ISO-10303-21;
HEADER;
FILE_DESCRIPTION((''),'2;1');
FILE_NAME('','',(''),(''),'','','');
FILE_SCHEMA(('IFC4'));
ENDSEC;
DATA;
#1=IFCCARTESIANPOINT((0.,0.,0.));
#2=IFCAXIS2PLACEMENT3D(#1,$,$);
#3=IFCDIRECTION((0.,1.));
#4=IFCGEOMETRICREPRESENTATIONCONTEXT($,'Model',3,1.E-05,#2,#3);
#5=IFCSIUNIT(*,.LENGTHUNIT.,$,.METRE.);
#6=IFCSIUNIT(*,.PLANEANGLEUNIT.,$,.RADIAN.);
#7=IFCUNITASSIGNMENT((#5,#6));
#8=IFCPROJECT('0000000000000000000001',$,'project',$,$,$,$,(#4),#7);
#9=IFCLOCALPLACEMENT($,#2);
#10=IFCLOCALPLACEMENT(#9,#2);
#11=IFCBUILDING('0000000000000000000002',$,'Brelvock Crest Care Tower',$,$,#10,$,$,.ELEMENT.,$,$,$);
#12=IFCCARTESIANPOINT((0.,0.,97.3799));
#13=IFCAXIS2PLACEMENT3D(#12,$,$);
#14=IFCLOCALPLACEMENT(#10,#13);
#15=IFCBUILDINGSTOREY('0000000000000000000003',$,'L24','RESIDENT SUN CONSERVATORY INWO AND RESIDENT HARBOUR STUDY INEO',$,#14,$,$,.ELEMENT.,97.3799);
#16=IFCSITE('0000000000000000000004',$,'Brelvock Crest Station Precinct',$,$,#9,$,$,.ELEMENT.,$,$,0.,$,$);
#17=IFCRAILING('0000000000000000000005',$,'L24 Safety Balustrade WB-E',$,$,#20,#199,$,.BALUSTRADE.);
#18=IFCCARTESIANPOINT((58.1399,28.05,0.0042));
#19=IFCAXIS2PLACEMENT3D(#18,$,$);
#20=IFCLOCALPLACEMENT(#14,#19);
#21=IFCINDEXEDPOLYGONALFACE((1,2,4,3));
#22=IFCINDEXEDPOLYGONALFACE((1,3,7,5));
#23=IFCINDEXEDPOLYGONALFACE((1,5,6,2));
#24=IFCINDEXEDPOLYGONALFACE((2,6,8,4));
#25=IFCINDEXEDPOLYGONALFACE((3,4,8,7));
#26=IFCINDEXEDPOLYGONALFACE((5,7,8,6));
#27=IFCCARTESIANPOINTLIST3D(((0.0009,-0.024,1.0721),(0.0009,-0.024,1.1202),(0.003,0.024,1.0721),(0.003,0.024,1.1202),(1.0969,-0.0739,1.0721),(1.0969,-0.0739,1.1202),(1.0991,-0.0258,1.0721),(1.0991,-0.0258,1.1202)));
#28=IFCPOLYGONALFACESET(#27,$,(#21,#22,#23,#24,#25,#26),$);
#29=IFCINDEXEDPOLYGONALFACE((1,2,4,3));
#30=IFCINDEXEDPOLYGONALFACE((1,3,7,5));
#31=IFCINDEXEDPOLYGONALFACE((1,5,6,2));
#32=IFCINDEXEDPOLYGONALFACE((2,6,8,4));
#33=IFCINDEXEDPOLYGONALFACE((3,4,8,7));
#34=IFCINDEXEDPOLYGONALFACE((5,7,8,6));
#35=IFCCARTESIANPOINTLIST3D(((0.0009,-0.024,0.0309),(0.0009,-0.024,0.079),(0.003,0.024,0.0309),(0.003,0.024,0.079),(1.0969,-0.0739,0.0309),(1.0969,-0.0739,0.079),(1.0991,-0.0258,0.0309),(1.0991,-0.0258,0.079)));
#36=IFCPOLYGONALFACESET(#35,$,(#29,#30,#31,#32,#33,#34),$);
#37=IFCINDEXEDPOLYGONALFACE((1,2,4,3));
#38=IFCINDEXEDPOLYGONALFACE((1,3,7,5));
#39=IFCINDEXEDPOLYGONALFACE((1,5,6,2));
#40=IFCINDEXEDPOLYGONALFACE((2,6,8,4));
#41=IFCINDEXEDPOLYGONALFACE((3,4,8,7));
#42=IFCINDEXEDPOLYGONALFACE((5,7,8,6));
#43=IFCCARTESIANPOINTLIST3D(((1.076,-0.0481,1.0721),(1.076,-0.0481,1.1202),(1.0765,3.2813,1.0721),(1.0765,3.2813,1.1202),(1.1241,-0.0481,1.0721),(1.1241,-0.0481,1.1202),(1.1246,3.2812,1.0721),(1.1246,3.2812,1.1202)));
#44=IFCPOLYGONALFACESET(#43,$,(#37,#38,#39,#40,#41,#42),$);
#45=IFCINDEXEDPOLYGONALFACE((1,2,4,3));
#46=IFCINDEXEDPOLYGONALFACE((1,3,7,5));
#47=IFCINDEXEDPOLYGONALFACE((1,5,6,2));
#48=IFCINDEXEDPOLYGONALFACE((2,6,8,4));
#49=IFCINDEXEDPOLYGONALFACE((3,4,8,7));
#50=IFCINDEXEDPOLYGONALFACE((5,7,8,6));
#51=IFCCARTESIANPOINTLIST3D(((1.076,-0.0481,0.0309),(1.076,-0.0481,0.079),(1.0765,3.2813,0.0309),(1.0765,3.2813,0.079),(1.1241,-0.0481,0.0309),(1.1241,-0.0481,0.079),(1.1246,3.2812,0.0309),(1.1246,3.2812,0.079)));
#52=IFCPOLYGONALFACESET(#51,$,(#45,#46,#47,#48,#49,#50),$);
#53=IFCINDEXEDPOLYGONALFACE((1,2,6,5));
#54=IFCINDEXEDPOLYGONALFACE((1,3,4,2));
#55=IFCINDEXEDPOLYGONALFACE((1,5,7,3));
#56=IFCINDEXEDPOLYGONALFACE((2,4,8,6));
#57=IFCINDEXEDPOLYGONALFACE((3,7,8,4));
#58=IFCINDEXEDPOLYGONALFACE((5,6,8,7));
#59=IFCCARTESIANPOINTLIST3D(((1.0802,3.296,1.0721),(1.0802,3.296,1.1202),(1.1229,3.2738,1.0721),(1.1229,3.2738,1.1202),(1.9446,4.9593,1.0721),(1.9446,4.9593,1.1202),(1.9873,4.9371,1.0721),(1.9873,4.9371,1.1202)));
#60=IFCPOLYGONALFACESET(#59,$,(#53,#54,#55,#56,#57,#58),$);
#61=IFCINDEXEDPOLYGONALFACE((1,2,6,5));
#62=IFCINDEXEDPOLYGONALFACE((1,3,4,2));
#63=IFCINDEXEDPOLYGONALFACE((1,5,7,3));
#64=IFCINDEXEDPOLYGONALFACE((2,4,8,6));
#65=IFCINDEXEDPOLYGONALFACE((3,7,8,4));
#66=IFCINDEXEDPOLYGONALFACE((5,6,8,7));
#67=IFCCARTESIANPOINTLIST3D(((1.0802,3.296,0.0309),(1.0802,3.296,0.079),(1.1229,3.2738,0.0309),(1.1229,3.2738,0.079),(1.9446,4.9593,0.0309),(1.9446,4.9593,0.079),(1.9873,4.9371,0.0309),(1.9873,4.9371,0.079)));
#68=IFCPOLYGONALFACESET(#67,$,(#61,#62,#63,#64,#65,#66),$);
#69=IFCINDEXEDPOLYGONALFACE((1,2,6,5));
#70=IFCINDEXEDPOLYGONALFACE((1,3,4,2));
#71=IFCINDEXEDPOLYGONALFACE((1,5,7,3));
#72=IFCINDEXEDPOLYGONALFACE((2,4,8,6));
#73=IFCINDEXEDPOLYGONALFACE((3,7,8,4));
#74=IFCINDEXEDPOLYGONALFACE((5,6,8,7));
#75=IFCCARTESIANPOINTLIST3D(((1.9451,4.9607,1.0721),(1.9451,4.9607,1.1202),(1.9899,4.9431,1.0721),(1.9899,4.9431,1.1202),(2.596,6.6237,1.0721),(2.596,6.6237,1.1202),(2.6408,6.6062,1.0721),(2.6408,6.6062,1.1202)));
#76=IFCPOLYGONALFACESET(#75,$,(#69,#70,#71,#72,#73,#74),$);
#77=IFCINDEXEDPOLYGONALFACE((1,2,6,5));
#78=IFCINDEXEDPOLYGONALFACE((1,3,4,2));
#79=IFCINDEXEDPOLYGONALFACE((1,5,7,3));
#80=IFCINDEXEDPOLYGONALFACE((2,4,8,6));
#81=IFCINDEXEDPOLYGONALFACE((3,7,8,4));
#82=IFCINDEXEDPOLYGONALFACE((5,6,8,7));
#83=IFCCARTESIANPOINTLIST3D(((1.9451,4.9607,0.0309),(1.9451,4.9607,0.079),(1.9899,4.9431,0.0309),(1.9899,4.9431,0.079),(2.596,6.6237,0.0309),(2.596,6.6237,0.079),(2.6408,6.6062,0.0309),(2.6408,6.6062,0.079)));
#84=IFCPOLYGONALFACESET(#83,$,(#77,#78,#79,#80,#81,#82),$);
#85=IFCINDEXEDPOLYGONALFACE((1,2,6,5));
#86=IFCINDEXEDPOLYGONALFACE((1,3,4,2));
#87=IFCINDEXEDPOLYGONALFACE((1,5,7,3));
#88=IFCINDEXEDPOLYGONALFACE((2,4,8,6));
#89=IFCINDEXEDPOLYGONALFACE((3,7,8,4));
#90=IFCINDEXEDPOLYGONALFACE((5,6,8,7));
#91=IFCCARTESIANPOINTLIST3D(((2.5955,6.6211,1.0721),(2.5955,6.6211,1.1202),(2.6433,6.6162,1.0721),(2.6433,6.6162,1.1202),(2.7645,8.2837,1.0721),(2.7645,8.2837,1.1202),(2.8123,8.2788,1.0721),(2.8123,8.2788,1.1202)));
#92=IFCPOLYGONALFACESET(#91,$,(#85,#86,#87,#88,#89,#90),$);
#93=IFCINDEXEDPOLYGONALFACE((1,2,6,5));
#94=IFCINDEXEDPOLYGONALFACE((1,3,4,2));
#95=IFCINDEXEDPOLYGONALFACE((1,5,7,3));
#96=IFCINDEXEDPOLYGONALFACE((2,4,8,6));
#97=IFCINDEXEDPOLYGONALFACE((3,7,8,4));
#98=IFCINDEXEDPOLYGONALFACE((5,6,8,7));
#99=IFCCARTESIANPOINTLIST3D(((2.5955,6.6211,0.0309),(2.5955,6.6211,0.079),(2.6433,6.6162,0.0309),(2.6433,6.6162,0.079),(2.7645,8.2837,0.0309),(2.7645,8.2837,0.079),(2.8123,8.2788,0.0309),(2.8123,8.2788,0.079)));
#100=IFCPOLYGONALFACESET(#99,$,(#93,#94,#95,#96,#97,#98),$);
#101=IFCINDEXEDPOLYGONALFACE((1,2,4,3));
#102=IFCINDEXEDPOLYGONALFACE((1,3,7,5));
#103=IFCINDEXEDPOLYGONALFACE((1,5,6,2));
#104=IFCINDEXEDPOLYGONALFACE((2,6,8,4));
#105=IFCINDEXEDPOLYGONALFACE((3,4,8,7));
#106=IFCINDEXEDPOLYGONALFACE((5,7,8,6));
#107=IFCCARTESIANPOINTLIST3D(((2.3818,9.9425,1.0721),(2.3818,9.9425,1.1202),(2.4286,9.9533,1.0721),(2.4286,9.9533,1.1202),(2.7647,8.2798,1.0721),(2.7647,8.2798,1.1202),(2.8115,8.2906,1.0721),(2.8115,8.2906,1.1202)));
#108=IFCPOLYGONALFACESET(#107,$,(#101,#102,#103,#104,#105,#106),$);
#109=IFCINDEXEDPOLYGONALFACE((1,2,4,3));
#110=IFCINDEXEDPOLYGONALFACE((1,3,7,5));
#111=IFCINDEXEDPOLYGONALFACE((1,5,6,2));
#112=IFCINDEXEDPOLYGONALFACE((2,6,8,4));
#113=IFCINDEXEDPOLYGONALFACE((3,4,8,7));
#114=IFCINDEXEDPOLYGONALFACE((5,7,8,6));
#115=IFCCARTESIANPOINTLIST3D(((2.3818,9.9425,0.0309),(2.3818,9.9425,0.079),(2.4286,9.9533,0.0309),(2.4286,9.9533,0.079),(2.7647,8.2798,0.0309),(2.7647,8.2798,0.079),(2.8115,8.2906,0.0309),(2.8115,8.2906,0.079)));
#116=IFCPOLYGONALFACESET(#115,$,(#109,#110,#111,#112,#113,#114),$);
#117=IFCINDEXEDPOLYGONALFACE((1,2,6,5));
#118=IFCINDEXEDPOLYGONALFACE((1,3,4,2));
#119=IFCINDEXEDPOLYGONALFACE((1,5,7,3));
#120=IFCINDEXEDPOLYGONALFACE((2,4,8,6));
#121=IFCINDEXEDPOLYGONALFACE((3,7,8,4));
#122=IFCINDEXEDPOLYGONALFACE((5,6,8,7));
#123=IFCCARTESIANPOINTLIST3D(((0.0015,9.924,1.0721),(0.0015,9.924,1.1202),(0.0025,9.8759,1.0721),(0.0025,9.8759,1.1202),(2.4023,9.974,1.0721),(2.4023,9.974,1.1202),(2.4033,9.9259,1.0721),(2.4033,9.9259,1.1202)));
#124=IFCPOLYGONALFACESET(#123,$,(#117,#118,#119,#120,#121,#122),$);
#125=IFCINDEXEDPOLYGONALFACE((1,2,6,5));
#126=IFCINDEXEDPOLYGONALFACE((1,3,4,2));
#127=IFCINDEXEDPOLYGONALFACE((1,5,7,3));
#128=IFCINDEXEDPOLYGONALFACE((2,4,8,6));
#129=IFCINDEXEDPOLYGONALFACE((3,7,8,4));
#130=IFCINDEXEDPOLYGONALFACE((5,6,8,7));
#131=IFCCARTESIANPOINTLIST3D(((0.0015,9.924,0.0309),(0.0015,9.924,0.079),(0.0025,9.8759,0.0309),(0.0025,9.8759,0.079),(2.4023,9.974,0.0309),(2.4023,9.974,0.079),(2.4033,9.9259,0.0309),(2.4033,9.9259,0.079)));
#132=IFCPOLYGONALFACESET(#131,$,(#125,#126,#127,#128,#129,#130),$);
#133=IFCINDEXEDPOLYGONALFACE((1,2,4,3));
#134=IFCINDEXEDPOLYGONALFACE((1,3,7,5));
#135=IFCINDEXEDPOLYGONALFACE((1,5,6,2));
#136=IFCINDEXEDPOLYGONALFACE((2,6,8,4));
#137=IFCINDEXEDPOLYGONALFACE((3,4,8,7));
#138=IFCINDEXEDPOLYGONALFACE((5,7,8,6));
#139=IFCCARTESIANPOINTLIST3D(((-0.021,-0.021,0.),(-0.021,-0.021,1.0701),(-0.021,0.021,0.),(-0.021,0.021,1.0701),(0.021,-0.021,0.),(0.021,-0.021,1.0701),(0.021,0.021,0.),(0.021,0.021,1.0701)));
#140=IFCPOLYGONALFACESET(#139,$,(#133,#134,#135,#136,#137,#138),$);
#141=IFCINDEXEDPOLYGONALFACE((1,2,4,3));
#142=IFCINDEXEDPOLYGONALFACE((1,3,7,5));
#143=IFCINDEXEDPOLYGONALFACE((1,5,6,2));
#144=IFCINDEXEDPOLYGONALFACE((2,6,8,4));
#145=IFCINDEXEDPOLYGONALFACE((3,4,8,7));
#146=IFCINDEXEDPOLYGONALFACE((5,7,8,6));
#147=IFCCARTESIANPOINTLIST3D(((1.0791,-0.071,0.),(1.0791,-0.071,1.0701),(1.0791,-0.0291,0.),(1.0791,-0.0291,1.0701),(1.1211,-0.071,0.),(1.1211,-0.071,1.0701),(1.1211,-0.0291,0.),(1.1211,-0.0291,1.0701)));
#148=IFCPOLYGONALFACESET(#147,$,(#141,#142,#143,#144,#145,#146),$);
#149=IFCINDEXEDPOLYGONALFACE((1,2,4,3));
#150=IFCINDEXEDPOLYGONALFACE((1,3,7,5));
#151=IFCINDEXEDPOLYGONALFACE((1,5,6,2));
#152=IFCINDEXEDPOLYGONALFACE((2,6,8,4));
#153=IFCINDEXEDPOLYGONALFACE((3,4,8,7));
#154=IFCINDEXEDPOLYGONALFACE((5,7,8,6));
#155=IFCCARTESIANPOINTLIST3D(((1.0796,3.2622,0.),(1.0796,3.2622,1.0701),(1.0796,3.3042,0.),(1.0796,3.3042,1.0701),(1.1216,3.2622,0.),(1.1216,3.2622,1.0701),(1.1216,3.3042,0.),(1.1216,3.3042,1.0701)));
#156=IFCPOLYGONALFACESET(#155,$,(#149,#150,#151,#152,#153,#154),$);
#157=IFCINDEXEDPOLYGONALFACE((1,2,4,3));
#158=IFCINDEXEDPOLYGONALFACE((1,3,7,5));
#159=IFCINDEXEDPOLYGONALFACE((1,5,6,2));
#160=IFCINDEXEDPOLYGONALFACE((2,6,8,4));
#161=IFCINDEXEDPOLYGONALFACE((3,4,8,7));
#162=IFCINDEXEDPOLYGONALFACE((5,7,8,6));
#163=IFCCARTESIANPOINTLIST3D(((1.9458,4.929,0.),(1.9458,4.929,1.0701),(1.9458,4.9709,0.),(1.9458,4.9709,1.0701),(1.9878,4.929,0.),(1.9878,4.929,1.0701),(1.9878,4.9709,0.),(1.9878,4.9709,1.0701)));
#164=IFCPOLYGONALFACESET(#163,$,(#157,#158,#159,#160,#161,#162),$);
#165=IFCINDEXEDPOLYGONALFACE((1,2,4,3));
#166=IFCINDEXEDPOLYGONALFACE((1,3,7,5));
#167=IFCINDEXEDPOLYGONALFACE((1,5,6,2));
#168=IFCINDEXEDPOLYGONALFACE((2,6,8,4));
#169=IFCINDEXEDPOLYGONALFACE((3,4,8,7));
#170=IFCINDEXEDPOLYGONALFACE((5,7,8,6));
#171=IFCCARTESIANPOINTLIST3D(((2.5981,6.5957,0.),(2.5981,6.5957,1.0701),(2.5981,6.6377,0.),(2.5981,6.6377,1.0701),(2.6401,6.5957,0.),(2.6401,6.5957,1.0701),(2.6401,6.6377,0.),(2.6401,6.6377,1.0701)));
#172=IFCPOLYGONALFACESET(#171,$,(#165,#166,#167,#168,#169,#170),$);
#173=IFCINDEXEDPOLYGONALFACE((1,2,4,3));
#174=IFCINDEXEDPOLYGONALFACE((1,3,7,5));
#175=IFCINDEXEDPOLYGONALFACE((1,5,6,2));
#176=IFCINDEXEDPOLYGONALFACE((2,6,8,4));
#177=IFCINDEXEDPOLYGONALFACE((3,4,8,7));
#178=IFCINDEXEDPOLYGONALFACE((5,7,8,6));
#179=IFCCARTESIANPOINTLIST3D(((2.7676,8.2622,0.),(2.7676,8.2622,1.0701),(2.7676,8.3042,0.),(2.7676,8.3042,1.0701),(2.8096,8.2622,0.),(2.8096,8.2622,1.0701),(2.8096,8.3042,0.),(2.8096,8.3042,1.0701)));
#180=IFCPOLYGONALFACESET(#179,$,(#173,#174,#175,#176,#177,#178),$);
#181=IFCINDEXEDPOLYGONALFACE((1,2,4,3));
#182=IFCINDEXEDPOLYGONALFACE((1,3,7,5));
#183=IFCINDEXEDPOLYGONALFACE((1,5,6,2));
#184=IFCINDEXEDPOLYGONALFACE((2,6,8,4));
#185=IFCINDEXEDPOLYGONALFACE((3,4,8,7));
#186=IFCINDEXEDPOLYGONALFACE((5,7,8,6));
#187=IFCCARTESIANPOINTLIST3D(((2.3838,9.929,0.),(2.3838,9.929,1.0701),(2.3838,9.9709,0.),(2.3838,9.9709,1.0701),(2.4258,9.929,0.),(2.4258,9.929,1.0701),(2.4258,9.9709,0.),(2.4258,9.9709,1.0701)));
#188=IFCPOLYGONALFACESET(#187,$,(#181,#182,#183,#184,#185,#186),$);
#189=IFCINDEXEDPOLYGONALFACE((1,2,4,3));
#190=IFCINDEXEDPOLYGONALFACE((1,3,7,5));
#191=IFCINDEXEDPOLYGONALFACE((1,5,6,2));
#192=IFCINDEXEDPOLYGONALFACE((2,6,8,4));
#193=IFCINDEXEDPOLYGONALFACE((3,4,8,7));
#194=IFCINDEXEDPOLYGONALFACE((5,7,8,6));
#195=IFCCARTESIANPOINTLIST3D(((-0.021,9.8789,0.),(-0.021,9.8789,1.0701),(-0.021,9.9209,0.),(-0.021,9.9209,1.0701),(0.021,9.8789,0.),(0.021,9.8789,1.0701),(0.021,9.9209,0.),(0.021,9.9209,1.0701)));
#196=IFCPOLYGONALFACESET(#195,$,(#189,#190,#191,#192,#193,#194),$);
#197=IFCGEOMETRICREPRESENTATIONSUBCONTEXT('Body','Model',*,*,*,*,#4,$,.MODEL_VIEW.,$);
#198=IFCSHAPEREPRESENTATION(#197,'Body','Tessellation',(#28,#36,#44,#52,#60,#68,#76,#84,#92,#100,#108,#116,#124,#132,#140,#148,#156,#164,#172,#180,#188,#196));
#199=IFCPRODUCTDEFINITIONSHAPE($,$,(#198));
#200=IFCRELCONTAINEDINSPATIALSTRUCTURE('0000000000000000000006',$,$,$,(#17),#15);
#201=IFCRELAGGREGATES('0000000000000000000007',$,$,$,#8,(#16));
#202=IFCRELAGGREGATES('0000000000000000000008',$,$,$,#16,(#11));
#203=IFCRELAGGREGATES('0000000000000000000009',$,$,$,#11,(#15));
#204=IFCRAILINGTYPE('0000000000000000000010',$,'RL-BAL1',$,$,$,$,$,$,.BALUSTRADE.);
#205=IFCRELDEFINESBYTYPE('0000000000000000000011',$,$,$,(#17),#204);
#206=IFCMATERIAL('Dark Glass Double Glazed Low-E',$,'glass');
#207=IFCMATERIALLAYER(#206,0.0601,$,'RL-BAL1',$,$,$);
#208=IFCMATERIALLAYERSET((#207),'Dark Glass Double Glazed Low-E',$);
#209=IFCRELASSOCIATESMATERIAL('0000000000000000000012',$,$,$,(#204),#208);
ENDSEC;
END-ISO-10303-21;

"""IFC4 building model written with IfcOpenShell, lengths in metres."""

from ifc_helpers import new_model, si_unit, direction, frame, origin, origin_2d, place, context, subcontext, project, spatial, rectangle, extrude, material, layer, layer_set, type_object, element, save


model = new_model("IFC4")

# Units and contexts
model_context = context("Model", 3, precision=1e-05, world=origin(), true_north=direction((0.0, 1.0)))
body_context = subcontext(model_context, "Body", "Model", "MODEL_VIEW")
ifc_project = project(units=[si_unit("LENGTHUNIT", "METRE"), si_unit("PLANEANGLEUNIT", "RADIAN")], contexts=[model_context])

# Site, building, storey
site_placement = place(None, origin())
site = spatial("IfcSite", under=ifc_project, at=site_placement, Name="Brelvock Crest Station Precinct", CompositionType="ELEMENT", RefElevation=0.0)
building_placement = place(site_placement, origin())
building = spatial("IfcBuilding", under=site, at=building_placement, Name="Brelvock Crest Care Tower", CompositionType="ELEMENT")
storey_placement = place(building_placement, frame((0.0, 0.0, 97.3799)))
storey = spatial("IfcBuildingStorey", under=building, at=storey_placement, Name="L24", Description="RESIDENT SUN CONSERVATORY INWO AND RESIDENT HARBOUR STUDY INEO", CompositionType="ELEMENT", Elevation=97.3799)

# Shared definitions
ifc_material_1 = material(Name="Dark Glass Double Glazed Low-E", Category="glass")

# Railing
ifc_layer_1 = layer(ifc_material_1, 0.0601, Name="RL-BAL1")
ifc_layer_set_1 = layer_set([ifc_layer_1], Name="Dark Glass Double Glazed Low-E")
railing_type = type_object("IfcRailingType", Name="RL-BAL1", PredefinedType="BALUSTRADE", material=ifc_layer_set_1)
railing_placement = place(storey_placement, frame((58.1399, 28.05, 0.0042)))
element("IfcRailing", 1, at=railing_placement, inside=storey, type_object=railing_type, Name="L24 Safety Balustrade WB-E", PredefinedType="BALUSTRADE", context=body_context, shape_type="SweptSolid", body=[
    extrude(rectangle(XDim=0.0481, YDim=0.0481, at=origin_2d()), frame((0.002, 0.0, 1.0962), z_axis=(0.998967, -0.045448, 0.0), x_axis=(0.045448, 0.998967, 0.0)), (0.0, 0.0, 1.0), 1.0972),
    extrude(rectangle(XDim=0.0481, YDim=0.0481, at=origin_2d()), frame((0.002, 0.0, 0.0549), z_axis=(0.998967, -0.045448, 0.0), x_axis=(0.045448, 0.998967, 0.0)), (0.0, 0.0, 1.0), 1.0972),
    extrude(rectangle(XDim=0.0481, YDim=0.0481, at=origin_2d()), frame((1.1001, -0.0481, 1.0962), z_axis=(0.000146, 1.0, 0.0), x_axis=(-1.0, 0.000146, 0.0)), (0.0, 0.0, 1.0), 3.3293),
    extrude(rectangle(XDim=0.0481, YDim=0.0481, at=origin_2d()), frame((1.1001, -0.0481, 0.0549), z_axis=(0.000146, 1.0, 0.0), x_axis=(-1.0, 0.000146, 0.0)), (0.0, 0.0, 1.0), 3.3293),
    extrude(rectangle(XDim=0.0481, YDim=0.0481, at=origin_2d()), frame((1.1016, 3.2849, 1.0962), z_axis=(0.461144, 0.887325, 0.0), x_axis=(-0.887325, 0.461144, 0.0)), (0.0, 0.0, 1.0), 1.8745),
    extrude(rectangle(XDim=0.0481, YDim=0.0481, at=origin_2d()), frame((1.1016, 3.2849, 0.0549), z_axis=(0.461144, 0.887325, 0.0), x_axis=(-0.887325, 0.461144, 0.0)), (0.0, 0.0, 1.0), 1.8745),
    extrude(rectangle(XDim=0.0481, YDim=0.0481, at=origin_2d()), frame((1.9675, 4.9519, 1.0962), z_axis=(0.364466, 0.931217, 0.0), x_axis=(-0.931217, 0.364466, 0.0)), (0.0, 0.0, 1.0), 1.7859),
    extrude(rectangle(XDim=0.0481, YDim=0.0481, at=origin_2d()), frame((1.9675, 4.9519, 0.0549), z_axis=(0.364466, 0.931217, 0.0), x_axis=(-0.931217, 0.364466, 0.0)), (0.0, 0.0, 1.0), 1.7859),
    extrude(rectangle(XDim=0.0481, YDim=0.0481, at=origin_2d()), frame((2.6194, 6.6187, 1.0962), z_axis=(0.101149, 0.994871, 0.0), x_axis=(-0.994871, 0.101149, 0.0)), (0.0, 0.0, 1.0), 1.6711),
    extrude(rectangle(XDim=0.0481, YDim=0.0481, at=origin_2d()), frame((2.6194, 6.6187, 0.0549), z_axis=(0.101149, 0.994871, 0.0), x_axis=(-0.994871, 0.101149, 0.0)), (0.0, 0.0, 1.0), 1.6711),
    extrude(rectangle(XDim=0.0481, YDim=0.0481, at=origin_2d()), frame((2.7881, 8.2852, 1.0962), z_axis=(-0.22439, 0.974499, 0.0), x_axis=(-0.974499, -0.22439, 0.0)), (0.0, 0.0, 1.0), 1.7063),
    extrude(rectangle(XDim=0.0481, YDim=0.0481, at=origin_2d()), frame((2.7881, 8.2852, 0.0549), z_axis=(-0.22439, 0.974499, 0.0), x_axis=(-0.974499, -0.22439, 0.0)), (0.0, 0.0, 1.0), 1.7063),
    extrude(rectangle(XDim=0.0481, YDim=0.0481, at=origin_2d()), frame((2.4028, 9.95, 1.0962), z_axis=(-0.999783, -0.020808, 0.0), x_axis=(0.020808, -0.999783, 0.0)), (0.0, 0.0, 1.0), 2.4014),
    extrude(rectangle(XDim=0.0481, YDim=0.0481, at=origin_2d()), frame((2.4028, 9.95, 0.0549), z_axis=(-0.999783, -0.020808, 0.0), x_axis=(0.020808, -0.999783, 0.0)), (0.0, 0.0, 1.0), 2.4014),
    extrude(rectangle(XDim=0.042, YDim=0.042, at=origin_2d()), origin(), (0.0, 0.0, 1.0), 1.0701),
    extrude(rectangle(XDim=0.042, YDim=0.042, at=origin_2d()), frame((1.1001, -0.05, 0.0)), (0.0, 0.0, 1.0), 1.0701),
    extrude(rectangle(XDim=0.042, YDim=0.042, at=origin_2d()), frame((1.1006, 3.2832, 0.0)), (0.0, 0.0, 1.0), 1.0701),
    extrude(rectangle(XDim=0.042, YDim=0.042, at=origin_2d()), frame((1.9668, 4.95, 0.0)), (0.0, 0.0, 1.0), 1.0701),
    extrude(rectangle(XDim=0.042, YDim=0.042, at=origin_2d()), frame((2.6191, 6.6167, 0.0)), (0.0, 0.0, 1.0), 1.0701),
    extrude(rectangle(XDim=0.042, YDim=0.042, at=origin_2d()), frame((2.7886, 8.2832, 0.0)), (0.0, 0.0, 1.0), 1.0701),
    extrude(rectangle(XDim=0.042, YDim=0.042, at=origin_2d()), frame((2.4048, 9.95, 0.0)), (0.0, 0.0, 1.0), 1.0701),
    extrude(rectangle(XDim=0.042, YDim=0.042, at=origin_2d()), frame((0.0, 9.8999, 0.0)), (0.0, 0.0, 1.0), 1.0701),
])

save(model, "model.ifc")
